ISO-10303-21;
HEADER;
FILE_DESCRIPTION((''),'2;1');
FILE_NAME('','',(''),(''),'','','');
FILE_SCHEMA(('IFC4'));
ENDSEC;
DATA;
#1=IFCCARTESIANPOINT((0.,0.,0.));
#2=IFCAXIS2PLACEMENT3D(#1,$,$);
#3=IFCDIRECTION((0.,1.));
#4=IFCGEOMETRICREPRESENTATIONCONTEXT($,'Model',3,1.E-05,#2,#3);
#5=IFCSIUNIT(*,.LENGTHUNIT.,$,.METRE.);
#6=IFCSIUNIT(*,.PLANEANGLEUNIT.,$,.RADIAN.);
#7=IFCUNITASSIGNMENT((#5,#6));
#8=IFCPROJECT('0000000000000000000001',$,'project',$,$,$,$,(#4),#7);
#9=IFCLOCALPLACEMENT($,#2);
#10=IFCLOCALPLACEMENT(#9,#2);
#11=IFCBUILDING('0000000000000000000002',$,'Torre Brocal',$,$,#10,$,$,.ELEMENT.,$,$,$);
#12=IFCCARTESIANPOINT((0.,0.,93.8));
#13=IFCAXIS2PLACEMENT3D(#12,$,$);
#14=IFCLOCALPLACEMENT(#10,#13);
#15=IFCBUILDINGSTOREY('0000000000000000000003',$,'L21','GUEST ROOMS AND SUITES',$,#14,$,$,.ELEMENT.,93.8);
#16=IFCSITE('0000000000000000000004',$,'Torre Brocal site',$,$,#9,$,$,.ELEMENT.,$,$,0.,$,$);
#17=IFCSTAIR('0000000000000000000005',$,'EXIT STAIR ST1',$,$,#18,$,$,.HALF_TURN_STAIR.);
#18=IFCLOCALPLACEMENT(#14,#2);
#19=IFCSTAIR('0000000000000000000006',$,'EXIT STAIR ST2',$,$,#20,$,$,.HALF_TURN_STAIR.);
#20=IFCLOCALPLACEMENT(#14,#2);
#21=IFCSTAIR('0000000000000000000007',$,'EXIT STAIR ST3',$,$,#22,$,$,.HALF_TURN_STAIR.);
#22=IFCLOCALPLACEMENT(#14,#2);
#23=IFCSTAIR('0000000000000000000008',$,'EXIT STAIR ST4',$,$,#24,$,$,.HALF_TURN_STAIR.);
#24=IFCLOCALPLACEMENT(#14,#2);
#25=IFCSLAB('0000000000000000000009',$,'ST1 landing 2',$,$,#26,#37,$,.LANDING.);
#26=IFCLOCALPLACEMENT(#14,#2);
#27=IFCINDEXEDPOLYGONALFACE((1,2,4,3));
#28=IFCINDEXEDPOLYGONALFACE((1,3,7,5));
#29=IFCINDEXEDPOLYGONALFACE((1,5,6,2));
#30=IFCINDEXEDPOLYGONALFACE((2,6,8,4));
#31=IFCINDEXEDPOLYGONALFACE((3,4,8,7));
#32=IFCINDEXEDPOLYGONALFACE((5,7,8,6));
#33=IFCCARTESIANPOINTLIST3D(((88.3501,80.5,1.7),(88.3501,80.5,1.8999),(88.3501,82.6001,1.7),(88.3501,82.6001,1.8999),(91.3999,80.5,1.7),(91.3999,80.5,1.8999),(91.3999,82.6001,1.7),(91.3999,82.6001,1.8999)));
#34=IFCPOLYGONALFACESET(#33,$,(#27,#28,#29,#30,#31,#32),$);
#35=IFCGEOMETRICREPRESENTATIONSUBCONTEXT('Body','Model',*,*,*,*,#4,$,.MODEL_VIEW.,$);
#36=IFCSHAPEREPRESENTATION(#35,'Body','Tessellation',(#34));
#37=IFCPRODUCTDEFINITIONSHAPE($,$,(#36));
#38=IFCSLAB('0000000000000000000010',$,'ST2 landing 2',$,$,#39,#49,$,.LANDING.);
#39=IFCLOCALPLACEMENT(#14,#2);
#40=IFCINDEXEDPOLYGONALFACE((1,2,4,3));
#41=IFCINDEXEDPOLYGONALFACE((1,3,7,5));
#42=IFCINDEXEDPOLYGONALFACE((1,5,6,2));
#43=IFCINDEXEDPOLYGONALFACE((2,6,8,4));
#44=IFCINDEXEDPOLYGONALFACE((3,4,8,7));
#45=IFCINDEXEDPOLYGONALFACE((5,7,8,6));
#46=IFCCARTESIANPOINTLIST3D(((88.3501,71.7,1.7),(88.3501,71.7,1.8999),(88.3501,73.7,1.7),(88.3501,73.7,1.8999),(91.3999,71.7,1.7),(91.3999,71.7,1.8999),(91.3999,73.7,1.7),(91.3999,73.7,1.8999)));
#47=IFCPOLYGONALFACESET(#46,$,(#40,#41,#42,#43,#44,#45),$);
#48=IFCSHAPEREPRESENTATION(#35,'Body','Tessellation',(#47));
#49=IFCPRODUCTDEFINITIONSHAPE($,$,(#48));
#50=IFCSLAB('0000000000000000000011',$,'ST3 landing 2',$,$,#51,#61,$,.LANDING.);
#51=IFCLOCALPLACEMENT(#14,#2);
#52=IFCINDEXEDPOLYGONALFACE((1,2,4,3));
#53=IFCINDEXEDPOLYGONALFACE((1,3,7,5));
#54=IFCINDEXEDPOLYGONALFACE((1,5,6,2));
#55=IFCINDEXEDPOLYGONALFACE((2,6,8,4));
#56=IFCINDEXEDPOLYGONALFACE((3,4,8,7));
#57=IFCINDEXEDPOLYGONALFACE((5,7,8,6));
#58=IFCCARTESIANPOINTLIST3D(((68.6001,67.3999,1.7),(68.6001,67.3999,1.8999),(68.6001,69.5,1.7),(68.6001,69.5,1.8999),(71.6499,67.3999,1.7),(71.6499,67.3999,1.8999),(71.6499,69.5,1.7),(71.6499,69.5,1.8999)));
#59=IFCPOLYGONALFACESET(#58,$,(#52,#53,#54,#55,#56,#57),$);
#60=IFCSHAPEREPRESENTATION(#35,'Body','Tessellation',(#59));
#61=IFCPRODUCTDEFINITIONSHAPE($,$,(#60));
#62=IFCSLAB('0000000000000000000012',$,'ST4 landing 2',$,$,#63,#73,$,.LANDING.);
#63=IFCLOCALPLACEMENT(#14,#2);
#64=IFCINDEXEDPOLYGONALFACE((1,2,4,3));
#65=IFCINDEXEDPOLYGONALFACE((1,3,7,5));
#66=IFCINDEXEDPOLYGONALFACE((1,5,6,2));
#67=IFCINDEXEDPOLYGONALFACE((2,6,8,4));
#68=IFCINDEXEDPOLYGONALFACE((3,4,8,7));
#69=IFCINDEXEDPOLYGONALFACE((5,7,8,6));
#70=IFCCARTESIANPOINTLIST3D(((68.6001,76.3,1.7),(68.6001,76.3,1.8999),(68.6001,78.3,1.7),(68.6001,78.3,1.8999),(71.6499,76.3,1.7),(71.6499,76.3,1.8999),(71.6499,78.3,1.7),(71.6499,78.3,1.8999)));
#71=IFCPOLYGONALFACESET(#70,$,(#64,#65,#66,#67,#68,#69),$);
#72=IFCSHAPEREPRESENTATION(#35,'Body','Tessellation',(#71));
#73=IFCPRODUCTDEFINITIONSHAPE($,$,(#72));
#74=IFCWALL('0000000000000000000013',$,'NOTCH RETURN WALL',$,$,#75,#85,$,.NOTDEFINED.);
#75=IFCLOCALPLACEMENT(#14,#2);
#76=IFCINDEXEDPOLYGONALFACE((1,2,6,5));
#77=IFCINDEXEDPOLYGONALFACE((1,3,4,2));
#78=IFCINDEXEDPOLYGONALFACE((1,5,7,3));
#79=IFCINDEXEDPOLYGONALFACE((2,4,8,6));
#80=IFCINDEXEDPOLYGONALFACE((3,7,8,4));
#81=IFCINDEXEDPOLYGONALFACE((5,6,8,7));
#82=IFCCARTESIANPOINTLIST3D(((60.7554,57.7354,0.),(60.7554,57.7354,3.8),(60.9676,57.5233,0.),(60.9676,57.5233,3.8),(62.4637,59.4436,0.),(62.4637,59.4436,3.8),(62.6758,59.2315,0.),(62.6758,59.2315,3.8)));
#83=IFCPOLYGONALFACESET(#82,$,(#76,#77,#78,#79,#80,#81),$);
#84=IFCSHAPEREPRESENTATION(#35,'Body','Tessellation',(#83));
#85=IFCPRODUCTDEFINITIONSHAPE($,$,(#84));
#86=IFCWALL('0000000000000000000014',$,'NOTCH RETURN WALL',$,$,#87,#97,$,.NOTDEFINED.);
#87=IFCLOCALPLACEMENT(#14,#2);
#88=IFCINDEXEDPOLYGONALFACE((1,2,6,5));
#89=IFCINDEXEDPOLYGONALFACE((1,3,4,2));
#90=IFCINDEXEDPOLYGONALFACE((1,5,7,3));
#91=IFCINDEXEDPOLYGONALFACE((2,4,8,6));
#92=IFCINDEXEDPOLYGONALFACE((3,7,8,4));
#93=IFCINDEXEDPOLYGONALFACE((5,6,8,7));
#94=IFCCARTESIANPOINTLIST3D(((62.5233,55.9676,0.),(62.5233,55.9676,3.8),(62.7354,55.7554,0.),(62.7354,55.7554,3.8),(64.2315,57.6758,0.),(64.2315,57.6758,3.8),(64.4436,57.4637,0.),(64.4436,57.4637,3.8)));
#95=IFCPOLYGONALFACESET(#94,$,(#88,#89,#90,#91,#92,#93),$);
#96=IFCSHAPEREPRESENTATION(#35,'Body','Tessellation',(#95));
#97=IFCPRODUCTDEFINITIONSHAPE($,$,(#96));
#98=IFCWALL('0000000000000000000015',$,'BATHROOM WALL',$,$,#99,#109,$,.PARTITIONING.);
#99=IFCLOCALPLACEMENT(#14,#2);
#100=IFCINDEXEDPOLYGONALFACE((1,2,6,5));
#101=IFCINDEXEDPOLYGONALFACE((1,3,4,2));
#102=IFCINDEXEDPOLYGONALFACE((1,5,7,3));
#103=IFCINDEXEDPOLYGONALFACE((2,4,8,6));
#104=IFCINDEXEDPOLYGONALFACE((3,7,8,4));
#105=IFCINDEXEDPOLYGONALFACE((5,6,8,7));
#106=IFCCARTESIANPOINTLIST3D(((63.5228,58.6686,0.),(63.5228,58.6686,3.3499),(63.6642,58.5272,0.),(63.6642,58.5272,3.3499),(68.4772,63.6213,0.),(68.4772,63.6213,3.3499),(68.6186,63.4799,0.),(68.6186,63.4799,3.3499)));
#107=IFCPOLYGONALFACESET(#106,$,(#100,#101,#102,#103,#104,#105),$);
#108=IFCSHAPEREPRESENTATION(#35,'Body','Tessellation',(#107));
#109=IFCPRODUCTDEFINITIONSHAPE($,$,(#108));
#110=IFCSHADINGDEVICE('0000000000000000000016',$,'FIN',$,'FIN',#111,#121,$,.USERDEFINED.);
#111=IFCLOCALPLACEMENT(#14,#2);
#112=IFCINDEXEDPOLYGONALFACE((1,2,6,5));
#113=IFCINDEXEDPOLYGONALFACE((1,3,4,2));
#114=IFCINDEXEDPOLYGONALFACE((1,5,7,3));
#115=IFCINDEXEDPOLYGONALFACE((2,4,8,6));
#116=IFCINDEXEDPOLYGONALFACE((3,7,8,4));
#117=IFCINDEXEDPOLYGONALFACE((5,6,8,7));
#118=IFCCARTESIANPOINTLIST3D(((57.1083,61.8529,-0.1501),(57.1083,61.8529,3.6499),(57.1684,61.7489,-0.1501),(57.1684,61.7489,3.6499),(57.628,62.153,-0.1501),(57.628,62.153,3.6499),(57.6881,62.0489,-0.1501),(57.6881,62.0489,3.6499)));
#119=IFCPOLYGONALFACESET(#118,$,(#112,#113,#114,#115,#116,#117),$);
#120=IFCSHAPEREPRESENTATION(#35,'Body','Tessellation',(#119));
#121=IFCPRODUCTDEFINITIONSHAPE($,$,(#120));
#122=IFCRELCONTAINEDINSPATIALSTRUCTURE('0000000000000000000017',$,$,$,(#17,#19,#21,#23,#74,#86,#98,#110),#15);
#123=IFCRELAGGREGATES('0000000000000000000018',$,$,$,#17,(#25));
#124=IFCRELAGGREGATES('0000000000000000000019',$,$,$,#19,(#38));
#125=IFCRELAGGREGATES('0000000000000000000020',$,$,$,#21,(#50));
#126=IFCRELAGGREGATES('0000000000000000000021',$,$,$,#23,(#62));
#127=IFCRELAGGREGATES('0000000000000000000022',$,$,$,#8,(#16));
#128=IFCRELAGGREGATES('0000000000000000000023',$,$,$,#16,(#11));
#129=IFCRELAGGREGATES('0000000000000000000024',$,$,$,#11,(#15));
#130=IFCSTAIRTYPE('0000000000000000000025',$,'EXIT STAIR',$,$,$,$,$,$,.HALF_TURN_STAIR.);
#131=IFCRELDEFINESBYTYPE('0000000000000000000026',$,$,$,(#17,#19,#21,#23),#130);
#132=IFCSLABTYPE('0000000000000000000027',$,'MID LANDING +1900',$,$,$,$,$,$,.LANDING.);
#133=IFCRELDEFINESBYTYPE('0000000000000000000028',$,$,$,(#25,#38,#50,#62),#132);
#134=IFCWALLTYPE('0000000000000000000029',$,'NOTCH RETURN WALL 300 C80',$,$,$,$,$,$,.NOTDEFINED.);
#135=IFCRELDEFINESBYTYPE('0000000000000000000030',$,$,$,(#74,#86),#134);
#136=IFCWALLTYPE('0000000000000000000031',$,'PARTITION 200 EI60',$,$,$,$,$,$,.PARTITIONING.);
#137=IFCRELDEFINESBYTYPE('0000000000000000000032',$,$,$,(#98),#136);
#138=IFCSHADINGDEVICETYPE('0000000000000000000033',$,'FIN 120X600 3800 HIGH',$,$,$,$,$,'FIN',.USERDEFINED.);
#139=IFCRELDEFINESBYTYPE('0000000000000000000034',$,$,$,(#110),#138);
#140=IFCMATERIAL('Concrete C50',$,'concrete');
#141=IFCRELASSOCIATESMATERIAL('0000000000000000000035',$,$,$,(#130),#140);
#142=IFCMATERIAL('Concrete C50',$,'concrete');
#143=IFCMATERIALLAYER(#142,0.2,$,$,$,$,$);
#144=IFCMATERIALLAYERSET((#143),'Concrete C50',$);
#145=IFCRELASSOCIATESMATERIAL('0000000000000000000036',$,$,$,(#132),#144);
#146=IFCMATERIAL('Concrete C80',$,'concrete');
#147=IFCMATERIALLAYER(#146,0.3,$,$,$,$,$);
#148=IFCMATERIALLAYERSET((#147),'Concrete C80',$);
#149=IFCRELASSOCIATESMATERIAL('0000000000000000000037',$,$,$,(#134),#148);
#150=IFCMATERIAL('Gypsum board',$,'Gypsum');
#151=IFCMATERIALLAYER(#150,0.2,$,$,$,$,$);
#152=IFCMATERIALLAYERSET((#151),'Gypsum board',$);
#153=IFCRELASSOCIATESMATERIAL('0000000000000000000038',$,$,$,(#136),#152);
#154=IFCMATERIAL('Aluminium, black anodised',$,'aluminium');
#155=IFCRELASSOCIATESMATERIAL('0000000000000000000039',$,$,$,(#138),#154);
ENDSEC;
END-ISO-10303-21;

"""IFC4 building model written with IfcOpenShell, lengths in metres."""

from ifc_helpers import new_model, si_unit, direction, frame, frame_2d, origin, origin_2d, place, context, subcontext, project, spatial, polyline, rectangle, outline, extrude, material, layer, layer_set, material_profile, profile_set, type_object, element, aggregate, save


model = new_model("IFC4")

# Units and contexts
model_context = context("Model", 3, precision=1e-05, world=origin(), true_north=direction((0.0, 1.0)))
body_context = subcontext(model_context, "Body", "Model", "MODEL_VIEW")
ifc_project = project(units=[si_unit("LENGTHUNIT", "METRE"), si_unit("PLANEANGLEUNIT", "RADIAN")], contexts=[model_context])

# Site, building, storey
site_placement = place(None, origin())
site = spatial("IfcSite", under=ifc_project, at=site_placement, Name="Torre Brocal site", CompositionType="ELEMENT", RefElevation=0.0)
building_placement = place(site_placement, origin())
building = spatial("IfcBuilding", under=site, at=building_placement, Name="Torre Brocal", CompositionType="ELEMENT")
storey_placement = place(building_placement, frame((0.0, 0.0, 93.8)))
storey = spatial("IfcBuildingStorey", under=building, at=storey_placement, Name="L21", Description="GUEST ROOMS AND SUITES", CompositionType="ELEMENT", Elevation=93.8)

# Stairs
ifc_material_1 = material(Name="Concrete C50", Category="concrete")
stair_type = type_object("IfcStairType", Name="EXIT STAIR", PredefinedType="HALF_TURN_STAIR", material=ifc_material_1)
stair_1_placement = place(storey_placement, origin())
stair_1 = element("IfcStair", 1, at=stair_1_placement, inside=storey, type_object=stair_type, Name="EXIT STAIR ST1", PredefinedType="HALF_TURN_STAIR")
stair_2_placement = place(storey_placement, origin())
stair_2 = element("IfcStair", 2, at=stair_2_placement, inside=storey, type_object=stair_type, Name="EXIT STAIR ST2", PredefinedType="HALF_TURN_STAIR")
stair_3_placement = place(storey_placement, origin())
stair_3 = element("IfcStair", 3, at=stair_3_placement, inside=storey, type_object=stair_type, Name="EXIT STAIR ST3", PredefinedType="HALF_TURN_STAIR")
stair_4_placement = place(storey_placement, origin())
stair_4 = element("IfcStair", 4, at=stair_4_placement, inside=storey, type_object=stair_type, Name="EXIT STAIR ST4", PredefinedType="HALF_TURN_STAIR")

# Slabs
ifc_material_2 = material(Name="Concrete C50", Category="concrete")
ifc_layer_1 = layer(ifc_material_2, 0.2)
ifc_layer_set_1 = layer_set([ifc_layer_1], Name="Concrete C50")
slab_type_1 = type_object("IfcSlabType", Name="MID LANDING +1900", PredefinedType="LANDING", material=ifc_layer_set_1)
slab_1_placement = place(storey_placement, frame((0.0, 0.0, 1.7)))
slab_1 = element("IfcSlab", 5, at=slab_1_placement, type_object=slab_type_1, Name="ST1 landing 2", PredefinedType="LANDING", context=body_context, shape_type="SweptSolid", body=[
    extrude(outline(polyline([(88.3501, 80.5), (91.3999, 80.5), (91.3999, 82.6001), (88.3501, 82.6001), (88.3501, 80.5)])), origin(), (0.0, 0.0, 1.0), 0.2),
])
aggregate(stair_1, [slab_1])
slab_2_placement = place(storey_placement, frame((0.0, 0.0, 1.7)))
slab_2 = element("IfcSlab", 6, at=slab_2_placement, type_object=slab_type_1, Name="ST2 landing 2", PredefinedType="LANDING", context=body_context, shape_type="SweptSolid", body=[
    extrude(outline(polyline([(88.3501, 71.7), (91.3999, 71.7), (91.3999, 73.7), (88.3501, 73.7), (88.3501, 71.7)])), origin(), (0.0, 0.0, 1.0), 0.2),
])
aggregate(stair_2, [slab_2])
slab_3_placement = place(storey_placement, frame((0.0, 0.0, 1.7)))
slab_3 = element("IfcSlab", 7, at=slab_3_placement, type_object=slab_type_1, Name="ST3 landing 2", PredefinedType="LANDING", context=body_context, shape_type="SweptSolid", body=[
    extrude(outline(polyline([(71.6499, 69.5), (68.6001, 69.5), (68.6001, 67.3999), (71.6499, 67.3999), (71.6499, 69.5)])), origin(), (0.0, 0.0, 1.0), 0.2),
])
aggregate(stair_3, [slab_3])
slab_4_placement = place(storey_placement, frame((0.0, 0.0, 1.7)))
slab_4 = element("IfcSlab", 8, at=slab_4_placement, type_object=slab_type_1, Name="ST4 landing 2", PredefinedType="LANDING", context=body_context, shape_type="SweptSolid", body=[
    extrude(outline(polyline([(71.6499, 78.3), (68.6001, 78.3), (68.6001, 76.3), (71.6499, 76.3), (71.6499, 78.3)])), origin(), (0.0, 0.0, 1.0), 0.2),
])
aggregate(stair_4, [slab_4])

# Walls
ifc_material_3 = material(Name="Concrete C80", Category="concrete")
ifc_layer_2 = layer(ifc_material_3, 0.3)
ifc_layer_set_2 = layer_set([ifc_layer_2], Name="Concrete C80")
wall_type_1 = type_object("IfcWallType", Name="NOTCH RETURN WALL 300 C80", PredefinedType="NOTDEFINED", material=ifc_layer_set_2)
for number, where, z_axis, x_axis, name in (
    (9, (62.5698, 59.3376, 0.0), (0.0, 0.0, 1.0), (-0.707107, -0.707107, 0.0), "NOTCH RETURN WALL"),
    (10, (64.3376, 57.5698, 0.0), (0.0, 0.0, 1.0), (-0.707107, -0.707107, 0.0), "NOTCH RETURN WALL"),
):
    element("IfcWall", number, at=place(storey_placement, frame(where, z_axis=z_axis, x_axis=x_axis)), inside=storey, type_object=wall_type_1, Name=name, PredefinedType="NOTDEFINED", context=body_context, shape_type="SweptSolid", body=[
        extrude(rectangle(XDim=2.4158, YDim=0.3, at=frame_2d((1.208, 0.0))), origin(), (0.0, 0.0, 1.0), 3.8),
    ])
ifc_material_4 = material(Name="Gypsum board", Category="Gypsum")
ifc_layer_3 = layer(ifc_material_4, 0.2)
ifc_layer_set_3 = layer_set([ifc_layer_3], Name="Gypsum board")
wall_type_2 = type_object("IfcWallType", Name="PARTITION 200 EI60", PredefinedType="PARTITIONING", material=ifc_layer_set_3)
wall_placement = place(storey_placement, frame((63.5935, 58.5979, 0.0), z_axis=(0.0, 0.0, 1.0), x_axis=(0.707229, 0.706985, 0.0)))
element("IfcWall", 11, at=wall_placement, inside=storey, type_object=wall_type_2, Name="BATHROOM WALL", PredefinedType="PARTITIONING", context=body_context, shape_type="SweptSolid", body=[
    extrude(rectangle(XDim=7.0054, YDim=0.2, at=frame_2d((3.5027, 0.0))), origin(), (0.0, 0.0, 1.0), 3.3499),
])

# Shading device
ifc_material_5 = material(Name="Aluminium, black anodised", Category="aluminium")
ifc_material_profile_1 = material_profile(ifc_material_5, rectangle(XDim=0.1201, YDim=0.6001, at=origin_2d()), Name="FIN 120X600 3800 HIGH")
ifc_profile_set_1 = profile_set([ifc_material_profile_1], Name="Aluminium, black anodised")
shading_device_type = type_object("IfcShadingDeviceType", Name="FIN 120X600 3800 HIGH", ElementType="FIN", PredefinedType="USERDEFINED", material=ifc_profile_set_1)
shading_device_placement = place(storey_placement, frame((57.3982, 61.9509, -0.1501), z_axis=(0.0, 0.0, 1.0), x_axis=(0.5, -0.866025, 0.0)))
element("IfcShadingDevice", 12, at=shading_device_placement, inside=storey, type_object=shading_device_type, Name="FIN", ObjectType="FIN", PredefinedType="USERDEFINED", context=body_context, shape_type="SweptSolid", body=[
    extrude(rectangle(XDim=0.1201, YDim=0.6001, at=origin_2d()), origin(), (0.0, 0.0, 1.0), 3.8),
])

save(model, "model.ifc")
